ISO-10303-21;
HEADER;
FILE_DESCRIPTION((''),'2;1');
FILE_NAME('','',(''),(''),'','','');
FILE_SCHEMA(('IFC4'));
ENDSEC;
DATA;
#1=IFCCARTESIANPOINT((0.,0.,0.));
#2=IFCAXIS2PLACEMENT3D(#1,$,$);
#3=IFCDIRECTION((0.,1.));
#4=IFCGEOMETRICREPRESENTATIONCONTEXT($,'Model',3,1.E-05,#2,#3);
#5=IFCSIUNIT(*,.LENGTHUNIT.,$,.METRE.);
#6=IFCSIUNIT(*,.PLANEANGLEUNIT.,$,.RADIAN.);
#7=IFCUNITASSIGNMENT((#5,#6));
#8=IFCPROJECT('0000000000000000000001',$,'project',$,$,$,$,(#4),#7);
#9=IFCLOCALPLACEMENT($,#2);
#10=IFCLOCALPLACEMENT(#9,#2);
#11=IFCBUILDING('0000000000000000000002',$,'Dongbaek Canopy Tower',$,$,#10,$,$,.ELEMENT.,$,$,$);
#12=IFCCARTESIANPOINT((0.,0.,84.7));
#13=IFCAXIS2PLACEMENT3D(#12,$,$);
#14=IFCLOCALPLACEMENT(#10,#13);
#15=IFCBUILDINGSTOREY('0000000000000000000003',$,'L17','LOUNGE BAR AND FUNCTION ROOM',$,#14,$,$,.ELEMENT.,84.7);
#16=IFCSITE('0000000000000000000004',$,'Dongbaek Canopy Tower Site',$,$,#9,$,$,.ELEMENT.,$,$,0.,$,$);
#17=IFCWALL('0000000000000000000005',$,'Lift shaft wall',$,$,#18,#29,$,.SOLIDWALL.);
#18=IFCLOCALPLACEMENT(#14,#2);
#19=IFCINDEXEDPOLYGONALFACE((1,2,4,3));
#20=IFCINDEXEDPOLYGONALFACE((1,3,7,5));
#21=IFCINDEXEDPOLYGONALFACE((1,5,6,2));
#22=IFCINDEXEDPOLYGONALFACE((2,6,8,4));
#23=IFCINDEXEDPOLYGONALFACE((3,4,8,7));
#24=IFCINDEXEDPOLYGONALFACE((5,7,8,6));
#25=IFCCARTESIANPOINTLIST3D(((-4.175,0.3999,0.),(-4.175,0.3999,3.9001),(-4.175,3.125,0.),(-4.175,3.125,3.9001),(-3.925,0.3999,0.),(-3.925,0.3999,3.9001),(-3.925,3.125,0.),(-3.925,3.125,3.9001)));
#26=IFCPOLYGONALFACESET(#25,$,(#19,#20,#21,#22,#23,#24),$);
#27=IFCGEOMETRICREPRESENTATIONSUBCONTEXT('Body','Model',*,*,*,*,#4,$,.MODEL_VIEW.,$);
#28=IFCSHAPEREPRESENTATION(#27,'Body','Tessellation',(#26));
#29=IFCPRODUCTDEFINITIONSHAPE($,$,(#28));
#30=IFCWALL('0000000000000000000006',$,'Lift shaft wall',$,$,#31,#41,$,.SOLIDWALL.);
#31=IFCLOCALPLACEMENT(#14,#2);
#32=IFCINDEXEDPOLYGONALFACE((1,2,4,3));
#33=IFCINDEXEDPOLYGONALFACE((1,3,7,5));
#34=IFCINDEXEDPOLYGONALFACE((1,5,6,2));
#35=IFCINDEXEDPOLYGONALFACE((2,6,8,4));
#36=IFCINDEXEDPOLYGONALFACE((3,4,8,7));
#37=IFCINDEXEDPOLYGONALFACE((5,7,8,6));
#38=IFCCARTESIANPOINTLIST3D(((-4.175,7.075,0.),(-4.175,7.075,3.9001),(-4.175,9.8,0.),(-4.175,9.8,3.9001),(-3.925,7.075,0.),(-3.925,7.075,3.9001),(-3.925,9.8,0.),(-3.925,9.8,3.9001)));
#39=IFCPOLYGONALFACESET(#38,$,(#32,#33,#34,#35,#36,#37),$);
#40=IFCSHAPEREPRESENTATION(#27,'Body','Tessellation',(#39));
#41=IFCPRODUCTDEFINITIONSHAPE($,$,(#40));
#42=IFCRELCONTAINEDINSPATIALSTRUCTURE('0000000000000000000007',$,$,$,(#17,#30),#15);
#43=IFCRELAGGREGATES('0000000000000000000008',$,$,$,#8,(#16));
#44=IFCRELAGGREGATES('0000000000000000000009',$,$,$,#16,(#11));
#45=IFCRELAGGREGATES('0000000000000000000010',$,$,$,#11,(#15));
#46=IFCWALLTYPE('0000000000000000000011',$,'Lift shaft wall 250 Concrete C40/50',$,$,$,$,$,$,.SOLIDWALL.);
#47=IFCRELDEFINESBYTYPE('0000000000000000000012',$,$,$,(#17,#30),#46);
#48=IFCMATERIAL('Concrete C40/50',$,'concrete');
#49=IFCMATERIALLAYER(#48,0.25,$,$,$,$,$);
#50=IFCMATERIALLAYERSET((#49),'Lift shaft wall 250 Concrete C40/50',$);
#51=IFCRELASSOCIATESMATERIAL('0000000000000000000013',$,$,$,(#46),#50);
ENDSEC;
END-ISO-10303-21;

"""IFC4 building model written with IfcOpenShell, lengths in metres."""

from ifc_helpers import new_model, si_unit, direction, frame, frame_2d, origin, place, context, subcontext, project, spatial, rectangle, extrude, material, layer, layer_set, type_object, element, save


model = new_model("IFC4")

# Units and contexts
model_context = context("Model", 3, precision=1e-05, world=origin(), true_north=direction((0.0, 1.0)))
body_context = subcontext(model_context, "Body", "Model", "MODEL_VIEW")
ifc_project = project(units=[si_unit("LENGTHUNIT", "METRE"), si_unit("PLANEANGLEUNIT", "RADIAN")], contexts=[model_context])

# Site, building, storey
site_placement = place(None, origin())
site = spatial("IfcSite", under=ifc_project, at=site_placement, Name="Dongbaek Canopy Tower Site", CompositionType="ELEMENT", RefElevation=0.0)
building_placement = place(site_placement, origin())
building = spatial("IfcBuilding", under=site, at=building_placement, Name="Dongbaek Canopy Tower", CompositionType="ELEMENT")
storey_placement = place(building_placement, frame((0.0, 0.0, 84.7)))
storey = spatial("IfcBuildingStorey", under=building, at=storey_placement, Name="L17", Description="LOUNGE BAR AND FUNCTION ROOM", CompositionType="ELEMENT", Elevation=84.7)

# Walls
ifc_material_1 = material(Name="Concrete C40/50", Category="concrete")
ifc_layer_1 = layer(ifc_material_1, 0.25)
ifc_layer_set_1 = layer_set([ifc_layer_1], Name="Lift shaft wall 250 Concrete C40/50")
wall_type = type_object("IfcWallType", Name="Lift shaft wall 250 Concrete C40/50", PredefinedType="SOLIDWALL", material=ifc_layer_set_1)
for number, where, z_axis, x_axis, name in (
    (1, (-4.05, 0.3999, 0.0), (0.0, 0.0, 1.0), (0.0, 1.0, 0.0), "Lift shaft wall"),
    (2, (-4.05, 7.075, 0.0), (0.0, 0.0, 1.0), (0.0, 1.0, 0.0), "Lift shaft wall"),
):
    element("IfcWall", number, at=place(storey_placement, frame(where, z_axis=z_axis, x_axis=x_axis)), inside=storey, type_object=wall_type, Name=name, PredefinedType="SOLIDWALL", context=body_context, shape_type="SweptSolid", body=[
        extrude(rectangle(XDim=2.7251, YDim=0.25, at=frame_2d((1.3625, 0.0))), origin(), (0.0, 0.0, 1.0), 3.9001),
    ])

save(model, "model.ifc")
